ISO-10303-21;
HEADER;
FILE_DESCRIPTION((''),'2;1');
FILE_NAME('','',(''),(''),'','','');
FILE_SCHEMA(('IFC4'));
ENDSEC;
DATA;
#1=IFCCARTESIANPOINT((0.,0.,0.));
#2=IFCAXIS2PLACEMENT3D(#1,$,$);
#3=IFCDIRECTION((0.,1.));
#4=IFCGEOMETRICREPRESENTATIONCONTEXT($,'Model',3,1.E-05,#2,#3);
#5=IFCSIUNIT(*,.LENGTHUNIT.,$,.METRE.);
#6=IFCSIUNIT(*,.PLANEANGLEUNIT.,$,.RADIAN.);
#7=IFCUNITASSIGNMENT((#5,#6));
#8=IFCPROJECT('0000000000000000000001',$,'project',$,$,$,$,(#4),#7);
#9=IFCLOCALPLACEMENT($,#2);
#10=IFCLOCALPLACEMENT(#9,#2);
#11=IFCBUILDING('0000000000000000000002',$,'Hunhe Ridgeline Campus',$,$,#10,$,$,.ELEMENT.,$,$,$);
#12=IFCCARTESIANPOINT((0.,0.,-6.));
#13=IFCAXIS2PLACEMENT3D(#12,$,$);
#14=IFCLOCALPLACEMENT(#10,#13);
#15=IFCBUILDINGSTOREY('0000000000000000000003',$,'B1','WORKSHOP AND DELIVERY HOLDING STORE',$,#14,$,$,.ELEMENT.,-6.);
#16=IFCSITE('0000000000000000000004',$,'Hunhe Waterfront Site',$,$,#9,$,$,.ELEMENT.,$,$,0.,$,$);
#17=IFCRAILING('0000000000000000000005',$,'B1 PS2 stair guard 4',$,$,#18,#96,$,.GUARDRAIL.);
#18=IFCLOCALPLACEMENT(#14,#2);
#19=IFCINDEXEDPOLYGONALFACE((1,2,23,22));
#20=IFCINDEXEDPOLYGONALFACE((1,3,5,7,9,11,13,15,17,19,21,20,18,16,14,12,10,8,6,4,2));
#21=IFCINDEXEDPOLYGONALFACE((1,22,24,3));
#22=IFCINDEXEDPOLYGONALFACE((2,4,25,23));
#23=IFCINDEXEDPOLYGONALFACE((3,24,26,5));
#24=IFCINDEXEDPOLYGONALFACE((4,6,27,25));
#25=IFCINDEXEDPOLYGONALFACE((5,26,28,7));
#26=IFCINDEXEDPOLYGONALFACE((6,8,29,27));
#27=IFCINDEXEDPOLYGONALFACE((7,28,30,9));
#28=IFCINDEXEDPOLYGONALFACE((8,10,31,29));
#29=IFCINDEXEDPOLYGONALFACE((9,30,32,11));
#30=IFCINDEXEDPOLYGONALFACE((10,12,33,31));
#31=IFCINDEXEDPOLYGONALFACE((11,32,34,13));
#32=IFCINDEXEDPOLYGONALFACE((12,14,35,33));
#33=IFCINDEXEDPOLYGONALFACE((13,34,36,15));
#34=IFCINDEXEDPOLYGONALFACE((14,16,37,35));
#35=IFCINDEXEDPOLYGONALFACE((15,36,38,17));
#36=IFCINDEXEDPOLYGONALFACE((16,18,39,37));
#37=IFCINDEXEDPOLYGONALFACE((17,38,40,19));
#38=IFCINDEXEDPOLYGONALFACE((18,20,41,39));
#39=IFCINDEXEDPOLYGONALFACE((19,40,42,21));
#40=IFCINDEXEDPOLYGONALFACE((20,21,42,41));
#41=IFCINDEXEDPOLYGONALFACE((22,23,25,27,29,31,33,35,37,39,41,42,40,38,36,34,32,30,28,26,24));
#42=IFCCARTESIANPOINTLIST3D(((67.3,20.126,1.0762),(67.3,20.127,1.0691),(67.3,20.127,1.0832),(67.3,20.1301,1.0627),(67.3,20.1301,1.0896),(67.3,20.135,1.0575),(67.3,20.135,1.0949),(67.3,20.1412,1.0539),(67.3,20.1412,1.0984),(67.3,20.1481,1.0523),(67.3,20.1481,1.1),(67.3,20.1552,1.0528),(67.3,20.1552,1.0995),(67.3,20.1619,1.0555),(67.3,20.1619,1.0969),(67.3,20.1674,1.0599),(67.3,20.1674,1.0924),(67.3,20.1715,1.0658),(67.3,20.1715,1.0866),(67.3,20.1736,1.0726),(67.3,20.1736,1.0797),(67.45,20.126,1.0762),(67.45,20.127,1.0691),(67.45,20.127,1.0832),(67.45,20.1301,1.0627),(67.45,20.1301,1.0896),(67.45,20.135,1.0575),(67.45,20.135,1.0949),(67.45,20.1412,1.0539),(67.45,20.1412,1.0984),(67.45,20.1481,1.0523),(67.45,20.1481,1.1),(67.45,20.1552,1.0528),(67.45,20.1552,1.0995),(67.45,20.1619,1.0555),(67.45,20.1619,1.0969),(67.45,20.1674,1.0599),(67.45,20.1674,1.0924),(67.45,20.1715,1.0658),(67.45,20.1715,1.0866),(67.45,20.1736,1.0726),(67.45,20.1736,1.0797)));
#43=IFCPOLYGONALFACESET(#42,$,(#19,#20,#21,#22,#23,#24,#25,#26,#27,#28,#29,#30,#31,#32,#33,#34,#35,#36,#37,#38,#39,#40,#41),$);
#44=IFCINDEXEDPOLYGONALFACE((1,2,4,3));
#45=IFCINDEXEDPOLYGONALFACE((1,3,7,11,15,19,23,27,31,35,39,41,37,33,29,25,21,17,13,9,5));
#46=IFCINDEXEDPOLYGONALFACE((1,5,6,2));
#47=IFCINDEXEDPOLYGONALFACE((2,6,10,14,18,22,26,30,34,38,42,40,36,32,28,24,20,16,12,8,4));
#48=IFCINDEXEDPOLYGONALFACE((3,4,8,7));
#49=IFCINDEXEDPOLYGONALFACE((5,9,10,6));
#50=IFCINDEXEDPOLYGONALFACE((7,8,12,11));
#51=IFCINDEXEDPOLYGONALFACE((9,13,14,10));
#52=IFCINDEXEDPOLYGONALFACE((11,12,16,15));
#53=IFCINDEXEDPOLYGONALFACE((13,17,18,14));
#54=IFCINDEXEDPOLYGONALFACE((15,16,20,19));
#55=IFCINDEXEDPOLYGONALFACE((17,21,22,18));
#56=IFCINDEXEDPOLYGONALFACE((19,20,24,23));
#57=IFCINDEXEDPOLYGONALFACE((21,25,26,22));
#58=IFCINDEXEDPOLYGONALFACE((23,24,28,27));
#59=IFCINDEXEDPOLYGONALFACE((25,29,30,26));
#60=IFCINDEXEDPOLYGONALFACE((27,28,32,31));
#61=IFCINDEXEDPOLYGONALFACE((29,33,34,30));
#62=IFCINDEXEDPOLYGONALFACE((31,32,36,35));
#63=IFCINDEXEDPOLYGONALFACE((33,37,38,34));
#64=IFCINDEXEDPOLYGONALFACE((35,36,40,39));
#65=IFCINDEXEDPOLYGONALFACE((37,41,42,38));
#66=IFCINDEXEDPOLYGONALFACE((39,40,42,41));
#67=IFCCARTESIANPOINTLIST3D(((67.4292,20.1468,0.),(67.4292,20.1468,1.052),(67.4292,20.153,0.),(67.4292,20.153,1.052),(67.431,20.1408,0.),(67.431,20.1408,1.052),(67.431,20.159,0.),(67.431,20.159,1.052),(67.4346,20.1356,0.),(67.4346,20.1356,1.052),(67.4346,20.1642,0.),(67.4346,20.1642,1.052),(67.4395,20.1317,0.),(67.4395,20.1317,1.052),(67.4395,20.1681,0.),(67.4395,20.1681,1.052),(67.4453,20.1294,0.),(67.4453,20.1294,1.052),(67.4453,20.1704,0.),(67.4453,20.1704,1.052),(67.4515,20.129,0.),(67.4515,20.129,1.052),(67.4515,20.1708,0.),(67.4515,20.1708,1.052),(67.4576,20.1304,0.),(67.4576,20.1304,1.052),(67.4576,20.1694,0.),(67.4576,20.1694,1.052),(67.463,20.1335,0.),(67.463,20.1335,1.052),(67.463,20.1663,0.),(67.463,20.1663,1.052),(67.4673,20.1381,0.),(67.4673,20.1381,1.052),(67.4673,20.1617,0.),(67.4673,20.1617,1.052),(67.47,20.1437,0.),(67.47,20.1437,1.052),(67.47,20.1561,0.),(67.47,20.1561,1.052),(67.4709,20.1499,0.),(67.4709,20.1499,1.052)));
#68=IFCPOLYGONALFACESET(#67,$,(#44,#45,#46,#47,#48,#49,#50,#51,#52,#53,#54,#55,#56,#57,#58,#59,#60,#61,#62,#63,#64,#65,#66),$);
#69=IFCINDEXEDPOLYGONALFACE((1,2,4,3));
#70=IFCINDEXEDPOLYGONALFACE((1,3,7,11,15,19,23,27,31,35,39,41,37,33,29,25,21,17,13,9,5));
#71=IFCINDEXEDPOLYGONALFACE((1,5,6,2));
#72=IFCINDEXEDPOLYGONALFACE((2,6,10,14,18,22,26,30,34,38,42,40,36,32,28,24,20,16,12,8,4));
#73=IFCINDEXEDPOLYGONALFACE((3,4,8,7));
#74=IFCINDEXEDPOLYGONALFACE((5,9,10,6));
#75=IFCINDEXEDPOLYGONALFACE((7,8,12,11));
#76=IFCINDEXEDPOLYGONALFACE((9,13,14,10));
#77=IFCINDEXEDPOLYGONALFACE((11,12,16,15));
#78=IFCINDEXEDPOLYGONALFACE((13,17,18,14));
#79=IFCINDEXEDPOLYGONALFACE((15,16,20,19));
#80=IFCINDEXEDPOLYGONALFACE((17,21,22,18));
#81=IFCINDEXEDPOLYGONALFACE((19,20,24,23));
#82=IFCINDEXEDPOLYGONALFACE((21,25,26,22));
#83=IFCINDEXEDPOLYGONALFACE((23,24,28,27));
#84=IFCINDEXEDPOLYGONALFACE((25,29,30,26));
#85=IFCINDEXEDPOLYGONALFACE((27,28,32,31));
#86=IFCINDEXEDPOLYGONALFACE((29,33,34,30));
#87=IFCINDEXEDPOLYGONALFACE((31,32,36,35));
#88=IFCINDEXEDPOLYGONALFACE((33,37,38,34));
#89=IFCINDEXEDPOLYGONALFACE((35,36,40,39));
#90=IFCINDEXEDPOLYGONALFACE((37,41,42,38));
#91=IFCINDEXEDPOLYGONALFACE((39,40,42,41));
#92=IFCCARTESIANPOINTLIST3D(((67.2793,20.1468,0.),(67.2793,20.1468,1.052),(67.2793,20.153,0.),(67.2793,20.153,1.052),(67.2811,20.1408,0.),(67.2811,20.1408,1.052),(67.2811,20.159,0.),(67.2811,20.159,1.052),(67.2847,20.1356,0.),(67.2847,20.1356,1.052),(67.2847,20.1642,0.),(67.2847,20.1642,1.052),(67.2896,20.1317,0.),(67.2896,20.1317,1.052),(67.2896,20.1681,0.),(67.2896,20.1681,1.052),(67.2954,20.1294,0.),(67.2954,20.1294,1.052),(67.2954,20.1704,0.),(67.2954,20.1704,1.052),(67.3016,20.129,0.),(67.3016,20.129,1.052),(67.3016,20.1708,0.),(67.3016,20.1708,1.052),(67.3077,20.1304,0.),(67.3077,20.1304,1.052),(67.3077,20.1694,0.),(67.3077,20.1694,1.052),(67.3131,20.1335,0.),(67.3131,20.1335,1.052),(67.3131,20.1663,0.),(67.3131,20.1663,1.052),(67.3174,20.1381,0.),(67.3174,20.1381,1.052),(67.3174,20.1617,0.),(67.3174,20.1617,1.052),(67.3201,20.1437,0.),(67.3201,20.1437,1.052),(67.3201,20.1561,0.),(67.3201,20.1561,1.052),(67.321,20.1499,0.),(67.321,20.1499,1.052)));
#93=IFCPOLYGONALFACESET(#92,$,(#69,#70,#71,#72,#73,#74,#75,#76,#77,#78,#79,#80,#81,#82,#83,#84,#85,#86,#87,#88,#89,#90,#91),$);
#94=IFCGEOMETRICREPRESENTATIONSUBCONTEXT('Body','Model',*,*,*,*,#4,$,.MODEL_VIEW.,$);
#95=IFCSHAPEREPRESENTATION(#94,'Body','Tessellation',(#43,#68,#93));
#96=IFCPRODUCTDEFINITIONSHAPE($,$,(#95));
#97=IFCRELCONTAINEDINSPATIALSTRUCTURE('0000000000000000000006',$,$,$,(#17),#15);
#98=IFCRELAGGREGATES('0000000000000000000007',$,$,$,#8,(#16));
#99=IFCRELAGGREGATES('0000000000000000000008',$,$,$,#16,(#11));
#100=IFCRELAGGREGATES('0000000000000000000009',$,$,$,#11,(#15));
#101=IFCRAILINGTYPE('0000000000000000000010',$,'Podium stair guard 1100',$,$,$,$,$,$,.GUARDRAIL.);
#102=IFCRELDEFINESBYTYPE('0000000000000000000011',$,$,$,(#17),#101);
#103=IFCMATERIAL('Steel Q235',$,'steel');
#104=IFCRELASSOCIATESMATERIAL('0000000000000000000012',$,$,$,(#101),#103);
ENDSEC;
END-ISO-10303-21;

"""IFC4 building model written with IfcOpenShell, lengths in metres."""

from ifc_helpers import new_model, si_unit, direction, frame, origin, origin_2d, place, context, subcontext, project, spatial, circle, extrude, material, type_object, element, save


model = new_model("IFC4")

# Units and contexts
model_context = context("Model", 3, precision=1e-05, world=origin(), true_north=direction((0.0, 1.0)))
body_context = subcontext(model_context, "Body", "Model", "MODEL_VIEW")
ifc_project = project(units=[si_unit("LENGTHUNIT", "METRE"), si_unit("PLANEANGLEUNIT", "RADIAN")], contexts=[model_context])

# Site, building, storey
site_placement = place(None, origin())
site = spatial("IfcSite", under=ifc_project, at=site_placement, Name="Hunhe Waterfront Site", CompositionType="ELEMENT", RefElevation=0.0)
building_placement = place(site_placement, origin())
building = spatial("IfcBuilding", under=site, at=building_placement, Name="Hunhe Ridgeline Campus", CompositionType="ELEMENT")
storey_placement = place(building_placement, frame((0.0, 0.0, -6.0)))
storey = spatial("IfcBuildingStorey", under=building, at=storey_placement, Name="B1", Description="WORKSHOP AND DELIVERY HOLDING STORE", CompositionType="ELEMENT", Elevation=-6.0)

# Shared definitions
ifc_material_1 = material(Name="Steel Q235", Category="steel")

# Railing
railing_type_1 = type_object("IfcRailingType", Name="Podium stair guard 1100", PredefinedType="GUARDRAIL", material=ifc_material_1)
railing_1_placement = place(storey_placement, frame((67.45, 20.1499, 0.0)))
element("IfcRailing", 1, at=railing_1_placement, inside=storey, type_object=railing_type_1, Name="B1 PS2 stair guard 4", PredefinedType="GUARDRAIL", context=body_context, shape_type="SweptSolid", body=[
    extrude(circle(Radius=0.0239, at=origin_2d()), frame((0.0, 0.0, 1.0762), z_axis=(-1.0, 0.0, 0.0), x_axis=(0.0, -1.0, 0.0)), (0.0, 0.0, 1.0), 0.1499),
    extrude(circle(Radius=0.021, at=origin_2d()), origin(), (0.0, 0.0, 1.0), 1.052),
    extrude(circle(Radius=0.021, at=origin_2d()), frame((-0.1499, 0.0, 0.0)), (0.0, 0.0, 1.0), 1.052),
])

save(model, "model.ifc")
